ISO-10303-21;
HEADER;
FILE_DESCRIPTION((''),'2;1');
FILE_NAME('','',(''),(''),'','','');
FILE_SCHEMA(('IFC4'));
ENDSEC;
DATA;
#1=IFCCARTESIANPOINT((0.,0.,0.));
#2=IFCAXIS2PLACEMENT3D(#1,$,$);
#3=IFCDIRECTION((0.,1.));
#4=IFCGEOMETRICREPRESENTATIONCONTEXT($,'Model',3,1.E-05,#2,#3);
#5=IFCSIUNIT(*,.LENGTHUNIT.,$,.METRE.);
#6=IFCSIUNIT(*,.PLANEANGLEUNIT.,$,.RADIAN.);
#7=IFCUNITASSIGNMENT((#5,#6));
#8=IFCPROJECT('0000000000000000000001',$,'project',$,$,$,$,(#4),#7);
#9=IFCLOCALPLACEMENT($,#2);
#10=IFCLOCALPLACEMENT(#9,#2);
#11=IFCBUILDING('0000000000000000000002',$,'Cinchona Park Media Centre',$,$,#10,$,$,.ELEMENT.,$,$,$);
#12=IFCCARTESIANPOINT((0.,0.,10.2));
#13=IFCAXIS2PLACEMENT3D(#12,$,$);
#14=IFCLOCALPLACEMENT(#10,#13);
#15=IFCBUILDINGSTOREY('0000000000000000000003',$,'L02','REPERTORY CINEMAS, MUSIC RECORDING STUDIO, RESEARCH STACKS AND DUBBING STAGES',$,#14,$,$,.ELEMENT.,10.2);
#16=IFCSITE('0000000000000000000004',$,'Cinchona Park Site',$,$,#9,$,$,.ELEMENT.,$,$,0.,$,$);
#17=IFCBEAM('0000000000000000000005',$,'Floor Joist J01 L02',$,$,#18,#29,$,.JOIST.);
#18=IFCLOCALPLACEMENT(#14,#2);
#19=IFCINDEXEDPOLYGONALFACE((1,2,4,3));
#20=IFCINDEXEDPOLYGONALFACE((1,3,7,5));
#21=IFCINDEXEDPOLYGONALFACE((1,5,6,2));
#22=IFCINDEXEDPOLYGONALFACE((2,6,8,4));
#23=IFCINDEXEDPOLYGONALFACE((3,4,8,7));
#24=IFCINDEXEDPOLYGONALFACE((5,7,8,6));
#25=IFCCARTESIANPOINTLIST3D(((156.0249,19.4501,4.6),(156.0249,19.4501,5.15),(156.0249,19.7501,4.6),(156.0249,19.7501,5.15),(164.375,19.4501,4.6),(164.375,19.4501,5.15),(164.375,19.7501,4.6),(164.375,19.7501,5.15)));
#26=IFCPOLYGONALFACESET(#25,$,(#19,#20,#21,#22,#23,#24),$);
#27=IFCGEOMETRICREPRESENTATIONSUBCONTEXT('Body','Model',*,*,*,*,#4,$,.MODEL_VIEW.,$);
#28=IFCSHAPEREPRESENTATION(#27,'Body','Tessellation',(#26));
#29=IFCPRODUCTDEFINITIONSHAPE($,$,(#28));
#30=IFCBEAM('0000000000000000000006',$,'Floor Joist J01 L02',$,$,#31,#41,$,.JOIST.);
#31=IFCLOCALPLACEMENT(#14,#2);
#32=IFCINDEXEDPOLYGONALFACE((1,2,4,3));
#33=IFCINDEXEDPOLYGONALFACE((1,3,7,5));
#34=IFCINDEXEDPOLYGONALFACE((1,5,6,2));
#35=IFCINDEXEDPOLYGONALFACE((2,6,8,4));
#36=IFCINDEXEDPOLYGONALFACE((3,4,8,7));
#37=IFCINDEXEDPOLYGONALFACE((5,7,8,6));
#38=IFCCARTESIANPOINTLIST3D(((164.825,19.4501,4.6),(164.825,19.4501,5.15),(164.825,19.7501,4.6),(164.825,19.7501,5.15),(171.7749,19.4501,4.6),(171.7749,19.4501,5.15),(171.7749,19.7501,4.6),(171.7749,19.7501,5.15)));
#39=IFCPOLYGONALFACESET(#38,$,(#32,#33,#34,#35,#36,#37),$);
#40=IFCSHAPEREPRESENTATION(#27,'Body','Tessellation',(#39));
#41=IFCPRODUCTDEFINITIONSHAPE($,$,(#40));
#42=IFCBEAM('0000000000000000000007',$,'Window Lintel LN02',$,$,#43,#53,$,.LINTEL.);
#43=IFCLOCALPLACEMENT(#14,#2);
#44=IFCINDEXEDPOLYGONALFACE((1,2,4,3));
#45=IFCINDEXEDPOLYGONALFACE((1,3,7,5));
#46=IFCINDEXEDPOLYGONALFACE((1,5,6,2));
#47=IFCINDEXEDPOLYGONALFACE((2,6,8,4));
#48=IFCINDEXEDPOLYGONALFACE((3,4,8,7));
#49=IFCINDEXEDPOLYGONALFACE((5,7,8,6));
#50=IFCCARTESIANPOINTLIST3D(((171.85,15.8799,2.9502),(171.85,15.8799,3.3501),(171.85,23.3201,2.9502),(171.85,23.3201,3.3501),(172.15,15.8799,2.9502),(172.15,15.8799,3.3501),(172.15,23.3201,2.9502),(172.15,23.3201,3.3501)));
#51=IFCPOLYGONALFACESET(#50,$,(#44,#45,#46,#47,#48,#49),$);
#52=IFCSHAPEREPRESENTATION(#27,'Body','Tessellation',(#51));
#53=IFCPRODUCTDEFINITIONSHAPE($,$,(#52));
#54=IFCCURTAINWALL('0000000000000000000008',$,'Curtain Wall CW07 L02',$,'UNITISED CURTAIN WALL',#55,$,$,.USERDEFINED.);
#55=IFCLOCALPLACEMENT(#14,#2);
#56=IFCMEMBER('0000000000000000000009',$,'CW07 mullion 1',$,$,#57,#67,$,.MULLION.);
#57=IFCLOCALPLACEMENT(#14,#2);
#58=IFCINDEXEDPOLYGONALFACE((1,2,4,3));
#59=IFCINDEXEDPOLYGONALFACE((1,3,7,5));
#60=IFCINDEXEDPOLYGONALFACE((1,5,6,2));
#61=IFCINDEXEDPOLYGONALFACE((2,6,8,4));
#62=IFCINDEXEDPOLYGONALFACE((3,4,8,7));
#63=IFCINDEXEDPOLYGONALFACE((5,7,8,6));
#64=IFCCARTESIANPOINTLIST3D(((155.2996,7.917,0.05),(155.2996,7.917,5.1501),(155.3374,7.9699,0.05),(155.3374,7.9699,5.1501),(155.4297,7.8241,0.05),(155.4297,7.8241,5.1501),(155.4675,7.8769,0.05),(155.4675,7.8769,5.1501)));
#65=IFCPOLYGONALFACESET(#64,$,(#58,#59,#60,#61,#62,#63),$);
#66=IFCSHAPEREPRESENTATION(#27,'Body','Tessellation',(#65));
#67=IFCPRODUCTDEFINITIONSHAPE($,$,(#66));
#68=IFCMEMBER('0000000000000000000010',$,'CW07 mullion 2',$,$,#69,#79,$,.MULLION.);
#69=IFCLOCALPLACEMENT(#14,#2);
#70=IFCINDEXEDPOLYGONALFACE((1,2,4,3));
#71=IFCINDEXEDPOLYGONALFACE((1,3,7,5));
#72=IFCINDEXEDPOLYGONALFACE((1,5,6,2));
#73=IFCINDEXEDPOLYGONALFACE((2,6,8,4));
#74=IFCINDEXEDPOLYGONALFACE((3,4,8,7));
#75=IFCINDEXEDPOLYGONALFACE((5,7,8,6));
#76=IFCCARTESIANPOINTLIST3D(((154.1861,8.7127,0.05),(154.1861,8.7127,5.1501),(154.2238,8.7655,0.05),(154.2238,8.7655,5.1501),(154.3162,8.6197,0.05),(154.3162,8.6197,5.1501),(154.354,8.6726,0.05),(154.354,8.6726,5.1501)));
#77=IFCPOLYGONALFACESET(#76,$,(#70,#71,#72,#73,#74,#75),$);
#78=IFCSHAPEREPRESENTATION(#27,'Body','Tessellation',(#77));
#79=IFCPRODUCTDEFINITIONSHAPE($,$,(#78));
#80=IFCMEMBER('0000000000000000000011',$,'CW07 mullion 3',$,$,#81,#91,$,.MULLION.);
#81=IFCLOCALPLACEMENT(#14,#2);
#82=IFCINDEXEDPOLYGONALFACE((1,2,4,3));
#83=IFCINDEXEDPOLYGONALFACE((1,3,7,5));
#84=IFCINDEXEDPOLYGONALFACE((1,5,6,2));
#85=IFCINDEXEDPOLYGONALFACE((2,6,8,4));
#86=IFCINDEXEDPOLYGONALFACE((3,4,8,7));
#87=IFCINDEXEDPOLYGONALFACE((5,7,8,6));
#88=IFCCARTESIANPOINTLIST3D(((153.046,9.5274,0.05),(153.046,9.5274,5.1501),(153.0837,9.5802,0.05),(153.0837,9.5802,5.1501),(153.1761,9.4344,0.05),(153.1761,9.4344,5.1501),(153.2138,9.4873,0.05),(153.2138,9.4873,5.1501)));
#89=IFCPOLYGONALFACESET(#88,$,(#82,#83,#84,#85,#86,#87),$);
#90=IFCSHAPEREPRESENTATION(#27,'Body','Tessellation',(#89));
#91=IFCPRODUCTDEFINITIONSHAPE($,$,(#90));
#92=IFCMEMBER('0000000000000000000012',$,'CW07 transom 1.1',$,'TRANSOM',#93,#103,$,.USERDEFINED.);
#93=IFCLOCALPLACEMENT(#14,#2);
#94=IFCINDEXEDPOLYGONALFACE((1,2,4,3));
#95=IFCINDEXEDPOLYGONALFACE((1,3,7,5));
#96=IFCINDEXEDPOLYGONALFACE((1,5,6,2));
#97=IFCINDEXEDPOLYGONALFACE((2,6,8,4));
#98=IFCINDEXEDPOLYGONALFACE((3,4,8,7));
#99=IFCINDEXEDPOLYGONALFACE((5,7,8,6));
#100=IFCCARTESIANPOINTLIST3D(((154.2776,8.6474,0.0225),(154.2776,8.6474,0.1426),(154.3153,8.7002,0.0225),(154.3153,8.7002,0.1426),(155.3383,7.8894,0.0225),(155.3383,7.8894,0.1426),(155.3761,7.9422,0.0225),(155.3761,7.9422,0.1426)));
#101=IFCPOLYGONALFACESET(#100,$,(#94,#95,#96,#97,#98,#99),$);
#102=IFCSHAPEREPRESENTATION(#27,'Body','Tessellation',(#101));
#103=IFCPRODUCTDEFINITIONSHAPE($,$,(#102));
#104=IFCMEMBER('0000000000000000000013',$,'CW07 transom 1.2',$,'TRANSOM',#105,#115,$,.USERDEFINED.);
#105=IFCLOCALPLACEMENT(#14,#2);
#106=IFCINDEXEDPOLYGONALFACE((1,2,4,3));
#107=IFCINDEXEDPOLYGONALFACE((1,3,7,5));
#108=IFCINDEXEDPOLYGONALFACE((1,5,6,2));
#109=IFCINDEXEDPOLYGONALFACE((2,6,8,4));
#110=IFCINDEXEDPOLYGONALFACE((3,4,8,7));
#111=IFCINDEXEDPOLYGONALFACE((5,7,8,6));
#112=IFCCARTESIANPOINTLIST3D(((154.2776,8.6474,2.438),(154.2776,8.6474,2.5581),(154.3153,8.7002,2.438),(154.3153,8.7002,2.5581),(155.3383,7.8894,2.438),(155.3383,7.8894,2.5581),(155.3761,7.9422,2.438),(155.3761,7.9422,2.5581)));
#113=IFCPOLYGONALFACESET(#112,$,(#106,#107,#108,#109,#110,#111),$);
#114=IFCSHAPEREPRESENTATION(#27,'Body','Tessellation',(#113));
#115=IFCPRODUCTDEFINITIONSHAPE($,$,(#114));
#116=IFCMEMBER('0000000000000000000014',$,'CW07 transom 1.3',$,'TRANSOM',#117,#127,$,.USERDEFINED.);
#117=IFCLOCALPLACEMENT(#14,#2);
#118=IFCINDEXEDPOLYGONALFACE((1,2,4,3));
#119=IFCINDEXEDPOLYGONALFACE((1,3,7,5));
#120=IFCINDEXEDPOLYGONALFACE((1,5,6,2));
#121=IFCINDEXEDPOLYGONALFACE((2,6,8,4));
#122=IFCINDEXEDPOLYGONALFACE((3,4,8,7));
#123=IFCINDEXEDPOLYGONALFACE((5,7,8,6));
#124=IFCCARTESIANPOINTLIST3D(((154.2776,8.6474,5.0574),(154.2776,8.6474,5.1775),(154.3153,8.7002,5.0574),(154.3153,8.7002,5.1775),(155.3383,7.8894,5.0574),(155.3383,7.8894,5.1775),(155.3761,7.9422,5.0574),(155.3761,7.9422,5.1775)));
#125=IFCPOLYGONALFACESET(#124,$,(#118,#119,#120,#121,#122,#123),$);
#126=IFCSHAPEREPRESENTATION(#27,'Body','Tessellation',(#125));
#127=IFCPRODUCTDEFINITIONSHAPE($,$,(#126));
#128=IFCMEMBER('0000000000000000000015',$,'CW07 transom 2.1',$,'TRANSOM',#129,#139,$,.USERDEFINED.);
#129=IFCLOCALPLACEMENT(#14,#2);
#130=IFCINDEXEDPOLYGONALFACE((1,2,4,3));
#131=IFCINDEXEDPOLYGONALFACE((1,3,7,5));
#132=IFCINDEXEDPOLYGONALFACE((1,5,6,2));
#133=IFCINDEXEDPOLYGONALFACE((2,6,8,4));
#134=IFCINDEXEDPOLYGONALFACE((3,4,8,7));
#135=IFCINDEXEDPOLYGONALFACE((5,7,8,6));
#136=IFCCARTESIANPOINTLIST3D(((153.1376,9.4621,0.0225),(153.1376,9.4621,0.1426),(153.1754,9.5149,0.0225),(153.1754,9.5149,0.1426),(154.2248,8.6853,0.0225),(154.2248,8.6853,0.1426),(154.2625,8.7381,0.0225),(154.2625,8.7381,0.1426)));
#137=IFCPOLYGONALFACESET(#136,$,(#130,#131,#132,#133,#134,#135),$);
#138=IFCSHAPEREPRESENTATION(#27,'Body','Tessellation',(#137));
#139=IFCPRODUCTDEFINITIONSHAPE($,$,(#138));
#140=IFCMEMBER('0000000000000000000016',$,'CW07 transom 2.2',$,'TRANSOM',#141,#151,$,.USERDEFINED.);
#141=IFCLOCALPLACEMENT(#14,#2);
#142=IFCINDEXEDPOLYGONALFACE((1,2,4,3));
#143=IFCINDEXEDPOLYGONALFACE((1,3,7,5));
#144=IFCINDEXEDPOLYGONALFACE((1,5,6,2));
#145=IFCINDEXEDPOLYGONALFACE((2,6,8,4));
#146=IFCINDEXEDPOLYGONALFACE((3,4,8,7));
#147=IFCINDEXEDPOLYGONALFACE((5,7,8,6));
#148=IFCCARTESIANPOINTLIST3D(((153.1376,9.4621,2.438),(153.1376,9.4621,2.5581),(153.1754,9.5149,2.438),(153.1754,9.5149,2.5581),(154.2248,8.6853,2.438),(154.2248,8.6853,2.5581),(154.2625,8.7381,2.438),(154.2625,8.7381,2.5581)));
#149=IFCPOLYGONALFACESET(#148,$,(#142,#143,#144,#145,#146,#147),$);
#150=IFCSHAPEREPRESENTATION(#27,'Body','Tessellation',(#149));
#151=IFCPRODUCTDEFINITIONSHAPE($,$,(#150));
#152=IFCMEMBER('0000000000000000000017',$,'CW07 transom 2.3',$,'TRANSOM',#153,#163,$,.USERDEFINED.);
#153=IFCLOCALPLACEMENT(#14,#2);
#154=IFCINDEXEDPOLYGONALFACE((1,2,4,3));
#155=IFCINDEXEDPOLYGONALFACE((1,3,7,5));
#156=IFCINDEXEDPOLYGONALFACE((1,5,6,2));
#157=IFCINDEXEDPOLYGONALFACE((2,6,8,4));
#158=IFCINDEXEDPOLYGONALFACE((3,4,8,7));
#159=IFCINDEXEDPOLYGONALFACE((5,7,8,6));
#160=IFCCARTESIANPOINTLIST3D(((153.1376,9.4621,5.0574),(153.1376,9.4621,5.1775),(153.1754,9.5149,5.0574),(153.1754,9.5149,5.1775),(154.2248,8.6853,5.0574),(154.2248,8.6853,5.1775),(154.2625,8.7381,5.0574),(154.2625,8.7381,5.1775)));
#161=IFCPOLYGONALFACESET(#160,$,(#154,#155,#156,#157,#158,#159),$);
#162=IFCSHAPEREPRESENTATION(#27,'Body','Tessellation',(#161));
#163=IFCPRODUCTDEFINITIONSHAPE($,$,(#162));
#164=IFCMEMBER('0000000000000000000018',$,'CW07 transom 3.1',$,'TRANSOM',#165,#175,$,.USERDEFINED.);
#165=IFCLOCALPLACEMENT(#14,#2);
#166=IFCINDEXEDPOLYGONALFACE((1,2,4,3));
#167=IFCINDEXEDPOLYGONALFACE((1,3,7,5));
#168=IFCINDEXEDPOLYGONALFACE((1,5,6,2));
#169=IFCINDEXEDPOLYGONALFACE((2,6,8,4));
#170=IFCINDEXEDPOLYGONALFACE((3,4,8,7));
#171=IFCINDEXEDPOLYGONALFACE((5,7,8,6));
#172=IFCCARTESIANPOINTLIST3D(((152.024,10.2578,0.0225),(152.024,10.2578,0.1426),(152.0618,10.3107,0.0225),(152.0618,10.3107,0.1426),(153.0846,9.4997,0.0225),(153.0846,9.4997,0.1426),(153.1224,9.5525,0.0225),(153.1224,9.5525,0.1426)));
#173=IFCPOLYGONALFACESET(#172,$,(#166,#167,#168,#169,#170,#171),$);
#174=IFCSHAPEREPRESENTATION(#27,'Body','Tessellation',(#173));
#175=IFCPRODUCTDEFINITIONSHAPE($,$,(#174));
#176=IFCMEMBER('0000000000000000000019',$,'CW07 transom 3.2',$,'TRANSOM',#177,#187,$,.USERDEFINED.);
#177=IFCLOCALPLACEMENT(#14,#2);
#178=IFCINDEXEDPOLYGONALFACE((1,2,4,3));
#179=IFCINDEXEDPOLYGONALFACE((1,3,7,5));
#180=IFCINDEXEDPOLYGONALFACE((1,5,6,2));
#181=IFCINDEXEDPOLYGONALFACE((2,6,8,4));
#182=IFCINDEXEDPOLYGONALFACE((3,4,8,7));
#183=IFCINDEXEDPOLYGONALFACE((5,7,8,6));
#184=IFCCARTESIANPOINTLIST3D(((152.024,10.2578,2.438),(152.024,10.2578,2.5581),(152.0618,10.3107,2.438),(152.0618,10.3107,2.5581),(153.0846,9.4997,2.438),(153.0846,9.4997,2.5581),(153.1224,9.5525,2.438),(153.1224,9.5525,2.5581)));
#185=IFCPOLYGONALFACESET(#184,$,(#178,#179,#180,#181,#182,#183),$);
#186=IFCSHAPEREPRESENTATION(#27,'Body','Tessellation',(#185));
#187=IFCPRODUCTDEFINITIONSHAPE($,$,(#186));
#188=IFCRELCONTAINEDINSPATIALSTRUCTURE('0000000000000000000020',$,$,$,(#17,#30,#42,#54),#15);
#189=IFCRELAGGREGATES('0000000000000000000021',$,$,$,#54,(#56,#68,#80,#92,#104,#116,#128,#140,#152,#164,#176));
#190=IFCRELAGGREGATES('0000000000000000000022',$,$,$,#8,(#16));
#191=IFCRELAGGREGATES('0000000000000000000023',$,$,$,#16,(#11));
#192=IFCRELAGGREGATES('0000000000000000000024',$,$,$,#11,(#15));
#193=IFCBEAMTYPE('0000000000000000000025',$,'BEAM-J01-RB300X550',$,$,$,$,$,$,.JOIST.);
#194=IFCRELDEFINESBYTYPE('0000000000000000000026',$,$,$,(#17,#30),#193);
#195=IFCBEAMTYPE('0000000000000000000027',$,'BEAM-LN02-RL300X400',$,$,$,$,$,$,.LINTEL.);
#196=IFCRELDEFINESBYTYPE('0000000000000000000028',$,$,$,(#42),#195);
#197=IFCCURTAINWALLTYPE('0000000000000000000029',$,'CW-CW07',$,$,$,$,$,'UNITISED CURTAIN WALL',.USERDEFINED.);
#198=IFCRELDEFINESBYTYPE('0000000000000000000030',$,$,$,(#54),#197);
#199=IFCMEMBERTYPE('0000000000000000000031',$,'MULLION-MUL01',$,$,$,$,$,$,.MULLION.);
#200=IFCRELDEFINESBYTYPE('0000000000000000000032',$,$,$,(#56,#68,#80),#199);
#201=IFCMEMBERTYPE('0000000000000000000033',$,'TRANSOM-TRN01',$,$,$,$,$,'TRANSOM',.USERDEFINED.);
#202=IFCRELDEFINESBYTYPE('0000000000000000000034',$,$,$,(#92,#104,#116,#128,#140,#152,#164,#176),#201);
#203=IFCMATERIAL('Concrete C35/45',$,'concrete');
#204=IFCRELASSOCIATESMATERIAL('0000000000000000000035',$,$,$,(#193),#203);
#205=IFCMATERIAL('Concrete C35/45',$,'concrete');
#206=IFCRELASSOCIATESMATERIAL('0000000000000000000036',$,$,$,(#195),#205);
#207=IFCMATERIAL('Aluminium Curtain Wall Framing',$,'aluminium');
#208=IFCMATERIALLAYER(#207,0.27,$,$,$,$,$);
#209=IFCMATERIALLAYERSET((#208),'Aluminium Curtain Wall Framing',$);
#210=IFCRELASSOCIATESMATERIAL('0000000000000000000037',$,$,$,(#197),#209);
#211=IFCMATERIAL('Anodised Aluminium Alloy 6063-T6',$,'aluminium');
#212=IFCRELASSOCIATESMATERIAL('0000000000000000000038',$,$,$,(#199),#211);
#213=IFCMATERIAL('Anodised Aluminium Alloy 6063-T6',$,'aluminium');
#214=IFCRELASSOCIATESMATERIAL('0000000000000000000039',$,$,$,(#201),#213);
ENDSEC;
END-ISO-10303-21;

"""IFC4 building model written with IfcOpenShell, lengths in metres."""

from ifc_helpers import new_model, si_unit, direction, frame, origin, origin_2d, place, context, subcontext, project, spatial, rectangle, extrude, material, layer, layer_set, material_profile, profile_set, type_object, element, aggregate, save


model = new_model("IFC4")

# Units and contexts
model_context = context("Model", 3, precision=1e-05, world=origin(), true_north=direction((0.0, 1.0)))
body_context = subcontext(model_context, "Body", "Model", "MODEL_VIEW")
ifc_project = project(units=[si_unit("LENGTHUNIT", "METRE"), si_unit("PLANEANGLEUNIT", "RADIAN")], contexts=[model_context])

# Site, building, storey
site_placement = place(None, origin())
site = spatial("IfcSite", under=ifc_project, at=site_placement, Name="Cinchona Park Site", CompositionType="ELEMENT", RefElevation=0.0)
building_placement = place(site_placement, origin())
building = spatial("IfcBuilding", under=site, at=building_placement, Name="Cinchona Park Media Centre", CompositionType="ELEMENT")
storey_placement = place(building_placement, frame((0.0, 0.0, 10.2)))
storey = spatial("IfcBuildingStorey", under=building, at=storey_placement, Name="L02", Description="REPERTORY CINEMAS, MUSIC RECORDING STUDIO, RESEARCH STACKS AND DUBBING STAGES", CompositionType="ELEMENT", Elevation=10.2)

# Beams
ifc_material_1 = material(Name="Concrete C35/45", Category="concrete")
ifc_material_profile_1 = material_profile(ifc_material_1, rectangle(XDim=0.3, YDim=0.55, at=origin_2d()), Name="RB 300X550")
ifc_profile_set_1 = profile_set([ifc_material_profile_1], Name="Concrete C35/45")
beam_type_1 = type_object("IfcBeamType", Name="BEAM-J01-RB300X550", PredefinedType="JOIST", material=ifc_profile_set_1)
beam_1_placement = place(storey_placement, frame((156.0249, 19.6001, 4.875), z_axis=(1.0, 0.0, 0.0), x_axis=(0.0, 1.0, 0.0)))
element("IfcBeam", 1, at=beam_1_placement, inside=storey, type_object=beam_type_1, Name="Floor Joist J01 L02", PredefinedType="JOIST", context=body_context, shape_type="SweptSolid", body=[
    extrude(rectangle(XDim=0.3, YDim=0.55, at=origin_2d()), origin(), (0.0, 0.0, 1.0), 8.3501),
])
beam_2_placement = place(storey_placement, frame((164.825, 19.6001, 4.875), z_axis=(1.0, 0.0, 0.0), x_axis=(0.0, 1.0, 0.0)))
element("IfcBeam", 2, at=beam_2_placement, inside=storey, type_object=beam_type_1, Name="Floor Joist J01 L02", PredefinedType="JOIST", context=body_context, shape_type="SweptSolid", body=[
    extrude(rectangle(XDim=0.3, YDim=0.55, at=origin_2d()), origin(), (0.0, 0.0, 1.0), 6.95),
])
ifc_material_2 = material(Name="Concrete C35/45", Category="concrete")
ifc_material_profile_2 = material_profile(ifc_material_2, rectangle(XDim=0.3, YDim=0.3999, at=origin_2d()), Name="RL 300X400")
ifc_profile_set_2 = profile_set([ifc_material_profile_2], Name="Concrete C35/45")
beam_type_2 = type_object("IfcBeamType", Name="BEAM-LN02-RL300X400", PredefinedType="LINTEL", material=ifc_profile_set_2)
beam_3_placement = place(storey_placement, frame((172.0, 23.3201, 3.1501), z_axis=(0.0, -1.0, 0.0), x_axis=(1.0, 0.0, 0.0)))
element("IfcBeam", 3, at=beam_3_placement, inside=storey, type_object=beam_type_2, Name="Window Lintel LN02", PredefinedType="LINTEL", context=body_context, shape_type="SweptSolid", body=[
    extrude(rectangle(XDim=0.3, YDim=0.3999, at=origin_2d()), origin(), (0.0, 0.0, 1.0), 7.4402),
])

# Curtain wall, members
ifc_material_3 = material(Name="Aluminium Curtain Wall Framing", Category="aluminium")
ifc_layer_1 = layer(ifc_material_3, 0.27)
ifc_layer_set_1 = layer_set([ifc_layer_1], Name="Aluminium Curtain Wall Framing")
curtain_wall_type = type_object("IfcCurtainWallType", Name="CW-CW07", ElementType="UNITISED CURTAIN WALL", PredefinedType="USERDEFINED", material=ifc_layer_set_1)
curtain_wall_placement = place(storey_placement, origin())
curtain_wall = element("IfcCurtainWall", 4, at=curtain_wall_placement, inside=storey, type_object=curtain_wall_type, Name="Curtain Wall CW07 L02", ObjectType="UNITISED CURTAIN WALL", PredefinedType="USERDEFINED")
ifc_material_4 = material(Name="Anodised Aluminium Alloy 6063-T6", Category="aluminium")
ifc_material_profile_3 = material_profile(ifc_material_4, rectangle(XDim=0.0649, YDim=0.1599, at=origin_2d()), Name="MUL-65X160")
ifc_profile_set_3 = profile_set([ifc_material_profile_3], Name="Anodised Aluminium Alloy 6063-T6")
member_type_1 = type_object("IfcMemberType", Name="MULLION-MUL01", PredefinedType="MULLION", material=ifc_profile_set_3)
member_1_placement = place(storey_placement, frame((155.3835, 7.897, 0.05), z_axis=(0.0, 0.0, 1.0), x_axis=(-0.581418, -0.813605, 0.0)))
member_1 = element("IfcMember", 5, at=member_1_placement, type_object=member_type_1, Name="CW07 mullion 1", PredefinedType="MULLION", context=body_context, shape_type="SweptSolid", body=[
    extrude(rectangle(XDim=0.0649, YDim=0.1599, at=origin_2d()), origin(), (0.0, 0.0, 1.0), 5.1001),
])
member_2_placement = place(storey_placement, frame((154.27, 8.6926, 0.05), z_axis=(0.0, 0.0, 1.0), x_axis=(-0.581418, -0.813605, 0.0)))
member_2 = element("IfcMember", 6, at=member_2_placement, type_object=member_type_1, Name="CW07 mullion 2", PredefinedType="MULLION", context=body_context, shape_type="SweptSolid", body=[
    extrude(rectangle(XDim=0.0649, YDim=0.1599, at=origin_2d()), origin(), (0.0, 0.0, 1.0), 5.1001),
])
member_3_placement = place(storey_placement, frame((153.1299, 9.5073, 0.05), z_axis=(0.0, 0.0, 1.0), x_axis=(-0.581418, -0.813605, 0.0)))
member_3 = element("IfcMember", 7, at=member_3_placement, type_object=member_type_1, Name="CW07 mullion 3", PredefinedType="MULLION", context=body_context, shape_type="SweptSolid", body=[
    extrude(rectangle(XDim=0.0649, YDim=0.1599, at=origin_2d()), origin(), (0.0, 0.0, 1.0), 5.1001),
])
ifc_material_5 = material(Name="Anodised Aluminium Alloy 6063-T6", Category="aluminium")
ifc_material_profile_4 = material_profile(ifc_material_5, rectangle(XDim=0.0649, YDim=0.1201, at=origin_2d()), Name="TRN-65X120")
ifc_profile_set_4 = profile_set([ifc_material_profile_4], Name="Anodised Aluminium Alloy 6063-T6")
member_type_2 = type_object("IfcMemberType", Name="TRANSOM-TRN01", ElementType="TRANSOM", PredefinedType="USERDEFINED", material=ifc_profile_set_4)
member_4_placement = place(storey_placement, frame((155.3572, 7.9158, 0.0825), z_axis=(-0.813607, 0.581415, 0.0), x_axis=(-0.581415, -0.813607, 0.0)))
member_4 = element("IfcMember", 8, at=member_4_placement, type_object=member_type_2, Name="CW07 transom 1.1", ObjectType="TRANSOM", PredefinedType="USERDEFINED", context=body_context, shape_type="SweptSolid", body=[
    extrude(rectangle(XDim=0.0649, YDim=0.1201, at=origin_2d()), origin(), (0.0, 0.0, 1.0), 1.3037),
])
member_5_placement = place(storey_placement, frame((155.3572, 7.9158, 2.498), z_axis=(-0.813607, 0.581415, 0.0), x_axis=(-0.581415, -0.813607, 0.0)))
member_5 = element("IfcMember", 9, at=member_5_placement, type_object=member_type_2, Name="CW07 transom 1.2", ObjectType="TRANSOM", PredefinedType="USERDEFINED", context=body_context, shape_type="SweptSolid", body=[
    extrude(rectangle(XDim=0.0649, YDim=0.1201, at=origin_2d()), origin(), (0.0, 0.0, 1.0), 1.3037),
])
member_6_placement = place(storey_placement, frame((155.3572, 7.9158, 5.1174), z_axis=(-0.813607, 0.581415, 0.0), x_axis=(-0.581415, -0.813607, 0.0)))
member_6 = element("IfcMember", 10, at=member_6_placement, type_object=member_type_2, Name="CW07 transom 1.3", ObjectType="TRANSOM", PredefinedType="USERDEFINED", context=body_context, shape_type="SweptSolid", body=[
    extrude(rectangle(XDim=0.0649, YDim=0.1201, at=origin_2d()), origin(), (0.0, 0.0, 1.0), 1.3037),
])
member_7_placement = place(storey_placement, frame((154.2437, 8.7117, 0.0825), z_axis=(-0.813622, 0.581394, 0.0), x_axis=(-0.581394, -0.813622, 0.0)))
member_7 = element("IfcMember", 11, at=member_7_placement, type_object=member_type_2, Name="CW07 transom 2.1", ObjectType="TRANSOM", PredefinedType="USERDEFINED", context=body_context, shape_type="SweptSolid", body=[
    extrude(rectangle(XDim=0.0649, YDim=0.1201, at=origin_2d()), origin(), (0.0, 0.0, 1.0), 1.3362),
])
member_8_placement = place(storey_placement, frame((154.2437, 8.7117, 2.498), z_axis=(-0.813622, 0.581394, 0.0), x_axis=(-0.581394, -0.813622, 0.0)))
member_8 = element("IfcMember", 12, at=member_8_placement, type_object=member_type_2, Name="CW07 transom 2.2", ObjectType="TRANSOM", PredefinedType="USERDEFINED", context=body_context, shape_type="SweptSolid", body=[
    extrude(rectangle(XDim=0.0649, YDim=0.1201, at=origin_2d()), origin(), (0.0, 0.0, 1.0), 1.3362),
])
member_9_placement = place(storey_placement, frame((154.2437, 8.7117, 5.1174), z_axis=(-0.813622, 0.581394, 0.0), x_axis=(-0.581394, -0.813622, 0.0)))
member_9 = element("IfcMember", 13, at=member_9_placement, type_object=member_type_2, Name="CW07 transom 2.3", ObjectType="TRANSOM", PredefinedType="USERDEFINED", context=body_context, shape_type="SweptSolid", body=[
    extrude(rectangle(XDim=0.0649, YDim=0.1201, at=origin_2d()), origin(), (0.0, 0.0, 1.0), 1.3362),
])
member_10_placement = place(storey_placement, frame((153.1035, 9.5261, 0.0825), z_axis=(-0.813544, 0.581504, 0.0), x_axis=(-0.581504, -0.813544, 0.0)))
member_10 = element("IfcMember", 14, at=member_10_placement, type_object=member_type_2, Name="CW07 transom 3.1", ObjectType="TRANSOM", PredefinedType="USERDEFINED", context=body_context, shape_type="SweptSolid", body=[
    extrude(rectangle(XDim=0.0649, YDim=0.1201, at=origin_2d()), origin(), (0.0, 0.0, 1.0), 1.3037),
])
member_11_placement = place(storey_placement, frame((153.1035, 9.5261, 2.498), z_axis=(-0.813544, 0.581504, 0.0), x_axis=(-0.581504, -0.813544, 0.0)))
member_11 = element("IfcMember", 15, at=member_11_placement, type_object=member_type_2, Name="CW07 transom 3.2", ObjectType="TRANSOM", PredefinedType="USERDEFINED", context=body_context, shape_type="SweptSolid", body=[
    extrude(rectangle(XDim=0.0649, YDim=0.1201, at=origin_2d()), origin(), (0.0, 0.0, 1.0), 1.3037),
])
aggregate(curtain_wall, [member_1, member_2, member_3, member_4, member_5, member_6, member_7, member_8, member_9, member_10, member_11])

save(model, "model.ifc")
